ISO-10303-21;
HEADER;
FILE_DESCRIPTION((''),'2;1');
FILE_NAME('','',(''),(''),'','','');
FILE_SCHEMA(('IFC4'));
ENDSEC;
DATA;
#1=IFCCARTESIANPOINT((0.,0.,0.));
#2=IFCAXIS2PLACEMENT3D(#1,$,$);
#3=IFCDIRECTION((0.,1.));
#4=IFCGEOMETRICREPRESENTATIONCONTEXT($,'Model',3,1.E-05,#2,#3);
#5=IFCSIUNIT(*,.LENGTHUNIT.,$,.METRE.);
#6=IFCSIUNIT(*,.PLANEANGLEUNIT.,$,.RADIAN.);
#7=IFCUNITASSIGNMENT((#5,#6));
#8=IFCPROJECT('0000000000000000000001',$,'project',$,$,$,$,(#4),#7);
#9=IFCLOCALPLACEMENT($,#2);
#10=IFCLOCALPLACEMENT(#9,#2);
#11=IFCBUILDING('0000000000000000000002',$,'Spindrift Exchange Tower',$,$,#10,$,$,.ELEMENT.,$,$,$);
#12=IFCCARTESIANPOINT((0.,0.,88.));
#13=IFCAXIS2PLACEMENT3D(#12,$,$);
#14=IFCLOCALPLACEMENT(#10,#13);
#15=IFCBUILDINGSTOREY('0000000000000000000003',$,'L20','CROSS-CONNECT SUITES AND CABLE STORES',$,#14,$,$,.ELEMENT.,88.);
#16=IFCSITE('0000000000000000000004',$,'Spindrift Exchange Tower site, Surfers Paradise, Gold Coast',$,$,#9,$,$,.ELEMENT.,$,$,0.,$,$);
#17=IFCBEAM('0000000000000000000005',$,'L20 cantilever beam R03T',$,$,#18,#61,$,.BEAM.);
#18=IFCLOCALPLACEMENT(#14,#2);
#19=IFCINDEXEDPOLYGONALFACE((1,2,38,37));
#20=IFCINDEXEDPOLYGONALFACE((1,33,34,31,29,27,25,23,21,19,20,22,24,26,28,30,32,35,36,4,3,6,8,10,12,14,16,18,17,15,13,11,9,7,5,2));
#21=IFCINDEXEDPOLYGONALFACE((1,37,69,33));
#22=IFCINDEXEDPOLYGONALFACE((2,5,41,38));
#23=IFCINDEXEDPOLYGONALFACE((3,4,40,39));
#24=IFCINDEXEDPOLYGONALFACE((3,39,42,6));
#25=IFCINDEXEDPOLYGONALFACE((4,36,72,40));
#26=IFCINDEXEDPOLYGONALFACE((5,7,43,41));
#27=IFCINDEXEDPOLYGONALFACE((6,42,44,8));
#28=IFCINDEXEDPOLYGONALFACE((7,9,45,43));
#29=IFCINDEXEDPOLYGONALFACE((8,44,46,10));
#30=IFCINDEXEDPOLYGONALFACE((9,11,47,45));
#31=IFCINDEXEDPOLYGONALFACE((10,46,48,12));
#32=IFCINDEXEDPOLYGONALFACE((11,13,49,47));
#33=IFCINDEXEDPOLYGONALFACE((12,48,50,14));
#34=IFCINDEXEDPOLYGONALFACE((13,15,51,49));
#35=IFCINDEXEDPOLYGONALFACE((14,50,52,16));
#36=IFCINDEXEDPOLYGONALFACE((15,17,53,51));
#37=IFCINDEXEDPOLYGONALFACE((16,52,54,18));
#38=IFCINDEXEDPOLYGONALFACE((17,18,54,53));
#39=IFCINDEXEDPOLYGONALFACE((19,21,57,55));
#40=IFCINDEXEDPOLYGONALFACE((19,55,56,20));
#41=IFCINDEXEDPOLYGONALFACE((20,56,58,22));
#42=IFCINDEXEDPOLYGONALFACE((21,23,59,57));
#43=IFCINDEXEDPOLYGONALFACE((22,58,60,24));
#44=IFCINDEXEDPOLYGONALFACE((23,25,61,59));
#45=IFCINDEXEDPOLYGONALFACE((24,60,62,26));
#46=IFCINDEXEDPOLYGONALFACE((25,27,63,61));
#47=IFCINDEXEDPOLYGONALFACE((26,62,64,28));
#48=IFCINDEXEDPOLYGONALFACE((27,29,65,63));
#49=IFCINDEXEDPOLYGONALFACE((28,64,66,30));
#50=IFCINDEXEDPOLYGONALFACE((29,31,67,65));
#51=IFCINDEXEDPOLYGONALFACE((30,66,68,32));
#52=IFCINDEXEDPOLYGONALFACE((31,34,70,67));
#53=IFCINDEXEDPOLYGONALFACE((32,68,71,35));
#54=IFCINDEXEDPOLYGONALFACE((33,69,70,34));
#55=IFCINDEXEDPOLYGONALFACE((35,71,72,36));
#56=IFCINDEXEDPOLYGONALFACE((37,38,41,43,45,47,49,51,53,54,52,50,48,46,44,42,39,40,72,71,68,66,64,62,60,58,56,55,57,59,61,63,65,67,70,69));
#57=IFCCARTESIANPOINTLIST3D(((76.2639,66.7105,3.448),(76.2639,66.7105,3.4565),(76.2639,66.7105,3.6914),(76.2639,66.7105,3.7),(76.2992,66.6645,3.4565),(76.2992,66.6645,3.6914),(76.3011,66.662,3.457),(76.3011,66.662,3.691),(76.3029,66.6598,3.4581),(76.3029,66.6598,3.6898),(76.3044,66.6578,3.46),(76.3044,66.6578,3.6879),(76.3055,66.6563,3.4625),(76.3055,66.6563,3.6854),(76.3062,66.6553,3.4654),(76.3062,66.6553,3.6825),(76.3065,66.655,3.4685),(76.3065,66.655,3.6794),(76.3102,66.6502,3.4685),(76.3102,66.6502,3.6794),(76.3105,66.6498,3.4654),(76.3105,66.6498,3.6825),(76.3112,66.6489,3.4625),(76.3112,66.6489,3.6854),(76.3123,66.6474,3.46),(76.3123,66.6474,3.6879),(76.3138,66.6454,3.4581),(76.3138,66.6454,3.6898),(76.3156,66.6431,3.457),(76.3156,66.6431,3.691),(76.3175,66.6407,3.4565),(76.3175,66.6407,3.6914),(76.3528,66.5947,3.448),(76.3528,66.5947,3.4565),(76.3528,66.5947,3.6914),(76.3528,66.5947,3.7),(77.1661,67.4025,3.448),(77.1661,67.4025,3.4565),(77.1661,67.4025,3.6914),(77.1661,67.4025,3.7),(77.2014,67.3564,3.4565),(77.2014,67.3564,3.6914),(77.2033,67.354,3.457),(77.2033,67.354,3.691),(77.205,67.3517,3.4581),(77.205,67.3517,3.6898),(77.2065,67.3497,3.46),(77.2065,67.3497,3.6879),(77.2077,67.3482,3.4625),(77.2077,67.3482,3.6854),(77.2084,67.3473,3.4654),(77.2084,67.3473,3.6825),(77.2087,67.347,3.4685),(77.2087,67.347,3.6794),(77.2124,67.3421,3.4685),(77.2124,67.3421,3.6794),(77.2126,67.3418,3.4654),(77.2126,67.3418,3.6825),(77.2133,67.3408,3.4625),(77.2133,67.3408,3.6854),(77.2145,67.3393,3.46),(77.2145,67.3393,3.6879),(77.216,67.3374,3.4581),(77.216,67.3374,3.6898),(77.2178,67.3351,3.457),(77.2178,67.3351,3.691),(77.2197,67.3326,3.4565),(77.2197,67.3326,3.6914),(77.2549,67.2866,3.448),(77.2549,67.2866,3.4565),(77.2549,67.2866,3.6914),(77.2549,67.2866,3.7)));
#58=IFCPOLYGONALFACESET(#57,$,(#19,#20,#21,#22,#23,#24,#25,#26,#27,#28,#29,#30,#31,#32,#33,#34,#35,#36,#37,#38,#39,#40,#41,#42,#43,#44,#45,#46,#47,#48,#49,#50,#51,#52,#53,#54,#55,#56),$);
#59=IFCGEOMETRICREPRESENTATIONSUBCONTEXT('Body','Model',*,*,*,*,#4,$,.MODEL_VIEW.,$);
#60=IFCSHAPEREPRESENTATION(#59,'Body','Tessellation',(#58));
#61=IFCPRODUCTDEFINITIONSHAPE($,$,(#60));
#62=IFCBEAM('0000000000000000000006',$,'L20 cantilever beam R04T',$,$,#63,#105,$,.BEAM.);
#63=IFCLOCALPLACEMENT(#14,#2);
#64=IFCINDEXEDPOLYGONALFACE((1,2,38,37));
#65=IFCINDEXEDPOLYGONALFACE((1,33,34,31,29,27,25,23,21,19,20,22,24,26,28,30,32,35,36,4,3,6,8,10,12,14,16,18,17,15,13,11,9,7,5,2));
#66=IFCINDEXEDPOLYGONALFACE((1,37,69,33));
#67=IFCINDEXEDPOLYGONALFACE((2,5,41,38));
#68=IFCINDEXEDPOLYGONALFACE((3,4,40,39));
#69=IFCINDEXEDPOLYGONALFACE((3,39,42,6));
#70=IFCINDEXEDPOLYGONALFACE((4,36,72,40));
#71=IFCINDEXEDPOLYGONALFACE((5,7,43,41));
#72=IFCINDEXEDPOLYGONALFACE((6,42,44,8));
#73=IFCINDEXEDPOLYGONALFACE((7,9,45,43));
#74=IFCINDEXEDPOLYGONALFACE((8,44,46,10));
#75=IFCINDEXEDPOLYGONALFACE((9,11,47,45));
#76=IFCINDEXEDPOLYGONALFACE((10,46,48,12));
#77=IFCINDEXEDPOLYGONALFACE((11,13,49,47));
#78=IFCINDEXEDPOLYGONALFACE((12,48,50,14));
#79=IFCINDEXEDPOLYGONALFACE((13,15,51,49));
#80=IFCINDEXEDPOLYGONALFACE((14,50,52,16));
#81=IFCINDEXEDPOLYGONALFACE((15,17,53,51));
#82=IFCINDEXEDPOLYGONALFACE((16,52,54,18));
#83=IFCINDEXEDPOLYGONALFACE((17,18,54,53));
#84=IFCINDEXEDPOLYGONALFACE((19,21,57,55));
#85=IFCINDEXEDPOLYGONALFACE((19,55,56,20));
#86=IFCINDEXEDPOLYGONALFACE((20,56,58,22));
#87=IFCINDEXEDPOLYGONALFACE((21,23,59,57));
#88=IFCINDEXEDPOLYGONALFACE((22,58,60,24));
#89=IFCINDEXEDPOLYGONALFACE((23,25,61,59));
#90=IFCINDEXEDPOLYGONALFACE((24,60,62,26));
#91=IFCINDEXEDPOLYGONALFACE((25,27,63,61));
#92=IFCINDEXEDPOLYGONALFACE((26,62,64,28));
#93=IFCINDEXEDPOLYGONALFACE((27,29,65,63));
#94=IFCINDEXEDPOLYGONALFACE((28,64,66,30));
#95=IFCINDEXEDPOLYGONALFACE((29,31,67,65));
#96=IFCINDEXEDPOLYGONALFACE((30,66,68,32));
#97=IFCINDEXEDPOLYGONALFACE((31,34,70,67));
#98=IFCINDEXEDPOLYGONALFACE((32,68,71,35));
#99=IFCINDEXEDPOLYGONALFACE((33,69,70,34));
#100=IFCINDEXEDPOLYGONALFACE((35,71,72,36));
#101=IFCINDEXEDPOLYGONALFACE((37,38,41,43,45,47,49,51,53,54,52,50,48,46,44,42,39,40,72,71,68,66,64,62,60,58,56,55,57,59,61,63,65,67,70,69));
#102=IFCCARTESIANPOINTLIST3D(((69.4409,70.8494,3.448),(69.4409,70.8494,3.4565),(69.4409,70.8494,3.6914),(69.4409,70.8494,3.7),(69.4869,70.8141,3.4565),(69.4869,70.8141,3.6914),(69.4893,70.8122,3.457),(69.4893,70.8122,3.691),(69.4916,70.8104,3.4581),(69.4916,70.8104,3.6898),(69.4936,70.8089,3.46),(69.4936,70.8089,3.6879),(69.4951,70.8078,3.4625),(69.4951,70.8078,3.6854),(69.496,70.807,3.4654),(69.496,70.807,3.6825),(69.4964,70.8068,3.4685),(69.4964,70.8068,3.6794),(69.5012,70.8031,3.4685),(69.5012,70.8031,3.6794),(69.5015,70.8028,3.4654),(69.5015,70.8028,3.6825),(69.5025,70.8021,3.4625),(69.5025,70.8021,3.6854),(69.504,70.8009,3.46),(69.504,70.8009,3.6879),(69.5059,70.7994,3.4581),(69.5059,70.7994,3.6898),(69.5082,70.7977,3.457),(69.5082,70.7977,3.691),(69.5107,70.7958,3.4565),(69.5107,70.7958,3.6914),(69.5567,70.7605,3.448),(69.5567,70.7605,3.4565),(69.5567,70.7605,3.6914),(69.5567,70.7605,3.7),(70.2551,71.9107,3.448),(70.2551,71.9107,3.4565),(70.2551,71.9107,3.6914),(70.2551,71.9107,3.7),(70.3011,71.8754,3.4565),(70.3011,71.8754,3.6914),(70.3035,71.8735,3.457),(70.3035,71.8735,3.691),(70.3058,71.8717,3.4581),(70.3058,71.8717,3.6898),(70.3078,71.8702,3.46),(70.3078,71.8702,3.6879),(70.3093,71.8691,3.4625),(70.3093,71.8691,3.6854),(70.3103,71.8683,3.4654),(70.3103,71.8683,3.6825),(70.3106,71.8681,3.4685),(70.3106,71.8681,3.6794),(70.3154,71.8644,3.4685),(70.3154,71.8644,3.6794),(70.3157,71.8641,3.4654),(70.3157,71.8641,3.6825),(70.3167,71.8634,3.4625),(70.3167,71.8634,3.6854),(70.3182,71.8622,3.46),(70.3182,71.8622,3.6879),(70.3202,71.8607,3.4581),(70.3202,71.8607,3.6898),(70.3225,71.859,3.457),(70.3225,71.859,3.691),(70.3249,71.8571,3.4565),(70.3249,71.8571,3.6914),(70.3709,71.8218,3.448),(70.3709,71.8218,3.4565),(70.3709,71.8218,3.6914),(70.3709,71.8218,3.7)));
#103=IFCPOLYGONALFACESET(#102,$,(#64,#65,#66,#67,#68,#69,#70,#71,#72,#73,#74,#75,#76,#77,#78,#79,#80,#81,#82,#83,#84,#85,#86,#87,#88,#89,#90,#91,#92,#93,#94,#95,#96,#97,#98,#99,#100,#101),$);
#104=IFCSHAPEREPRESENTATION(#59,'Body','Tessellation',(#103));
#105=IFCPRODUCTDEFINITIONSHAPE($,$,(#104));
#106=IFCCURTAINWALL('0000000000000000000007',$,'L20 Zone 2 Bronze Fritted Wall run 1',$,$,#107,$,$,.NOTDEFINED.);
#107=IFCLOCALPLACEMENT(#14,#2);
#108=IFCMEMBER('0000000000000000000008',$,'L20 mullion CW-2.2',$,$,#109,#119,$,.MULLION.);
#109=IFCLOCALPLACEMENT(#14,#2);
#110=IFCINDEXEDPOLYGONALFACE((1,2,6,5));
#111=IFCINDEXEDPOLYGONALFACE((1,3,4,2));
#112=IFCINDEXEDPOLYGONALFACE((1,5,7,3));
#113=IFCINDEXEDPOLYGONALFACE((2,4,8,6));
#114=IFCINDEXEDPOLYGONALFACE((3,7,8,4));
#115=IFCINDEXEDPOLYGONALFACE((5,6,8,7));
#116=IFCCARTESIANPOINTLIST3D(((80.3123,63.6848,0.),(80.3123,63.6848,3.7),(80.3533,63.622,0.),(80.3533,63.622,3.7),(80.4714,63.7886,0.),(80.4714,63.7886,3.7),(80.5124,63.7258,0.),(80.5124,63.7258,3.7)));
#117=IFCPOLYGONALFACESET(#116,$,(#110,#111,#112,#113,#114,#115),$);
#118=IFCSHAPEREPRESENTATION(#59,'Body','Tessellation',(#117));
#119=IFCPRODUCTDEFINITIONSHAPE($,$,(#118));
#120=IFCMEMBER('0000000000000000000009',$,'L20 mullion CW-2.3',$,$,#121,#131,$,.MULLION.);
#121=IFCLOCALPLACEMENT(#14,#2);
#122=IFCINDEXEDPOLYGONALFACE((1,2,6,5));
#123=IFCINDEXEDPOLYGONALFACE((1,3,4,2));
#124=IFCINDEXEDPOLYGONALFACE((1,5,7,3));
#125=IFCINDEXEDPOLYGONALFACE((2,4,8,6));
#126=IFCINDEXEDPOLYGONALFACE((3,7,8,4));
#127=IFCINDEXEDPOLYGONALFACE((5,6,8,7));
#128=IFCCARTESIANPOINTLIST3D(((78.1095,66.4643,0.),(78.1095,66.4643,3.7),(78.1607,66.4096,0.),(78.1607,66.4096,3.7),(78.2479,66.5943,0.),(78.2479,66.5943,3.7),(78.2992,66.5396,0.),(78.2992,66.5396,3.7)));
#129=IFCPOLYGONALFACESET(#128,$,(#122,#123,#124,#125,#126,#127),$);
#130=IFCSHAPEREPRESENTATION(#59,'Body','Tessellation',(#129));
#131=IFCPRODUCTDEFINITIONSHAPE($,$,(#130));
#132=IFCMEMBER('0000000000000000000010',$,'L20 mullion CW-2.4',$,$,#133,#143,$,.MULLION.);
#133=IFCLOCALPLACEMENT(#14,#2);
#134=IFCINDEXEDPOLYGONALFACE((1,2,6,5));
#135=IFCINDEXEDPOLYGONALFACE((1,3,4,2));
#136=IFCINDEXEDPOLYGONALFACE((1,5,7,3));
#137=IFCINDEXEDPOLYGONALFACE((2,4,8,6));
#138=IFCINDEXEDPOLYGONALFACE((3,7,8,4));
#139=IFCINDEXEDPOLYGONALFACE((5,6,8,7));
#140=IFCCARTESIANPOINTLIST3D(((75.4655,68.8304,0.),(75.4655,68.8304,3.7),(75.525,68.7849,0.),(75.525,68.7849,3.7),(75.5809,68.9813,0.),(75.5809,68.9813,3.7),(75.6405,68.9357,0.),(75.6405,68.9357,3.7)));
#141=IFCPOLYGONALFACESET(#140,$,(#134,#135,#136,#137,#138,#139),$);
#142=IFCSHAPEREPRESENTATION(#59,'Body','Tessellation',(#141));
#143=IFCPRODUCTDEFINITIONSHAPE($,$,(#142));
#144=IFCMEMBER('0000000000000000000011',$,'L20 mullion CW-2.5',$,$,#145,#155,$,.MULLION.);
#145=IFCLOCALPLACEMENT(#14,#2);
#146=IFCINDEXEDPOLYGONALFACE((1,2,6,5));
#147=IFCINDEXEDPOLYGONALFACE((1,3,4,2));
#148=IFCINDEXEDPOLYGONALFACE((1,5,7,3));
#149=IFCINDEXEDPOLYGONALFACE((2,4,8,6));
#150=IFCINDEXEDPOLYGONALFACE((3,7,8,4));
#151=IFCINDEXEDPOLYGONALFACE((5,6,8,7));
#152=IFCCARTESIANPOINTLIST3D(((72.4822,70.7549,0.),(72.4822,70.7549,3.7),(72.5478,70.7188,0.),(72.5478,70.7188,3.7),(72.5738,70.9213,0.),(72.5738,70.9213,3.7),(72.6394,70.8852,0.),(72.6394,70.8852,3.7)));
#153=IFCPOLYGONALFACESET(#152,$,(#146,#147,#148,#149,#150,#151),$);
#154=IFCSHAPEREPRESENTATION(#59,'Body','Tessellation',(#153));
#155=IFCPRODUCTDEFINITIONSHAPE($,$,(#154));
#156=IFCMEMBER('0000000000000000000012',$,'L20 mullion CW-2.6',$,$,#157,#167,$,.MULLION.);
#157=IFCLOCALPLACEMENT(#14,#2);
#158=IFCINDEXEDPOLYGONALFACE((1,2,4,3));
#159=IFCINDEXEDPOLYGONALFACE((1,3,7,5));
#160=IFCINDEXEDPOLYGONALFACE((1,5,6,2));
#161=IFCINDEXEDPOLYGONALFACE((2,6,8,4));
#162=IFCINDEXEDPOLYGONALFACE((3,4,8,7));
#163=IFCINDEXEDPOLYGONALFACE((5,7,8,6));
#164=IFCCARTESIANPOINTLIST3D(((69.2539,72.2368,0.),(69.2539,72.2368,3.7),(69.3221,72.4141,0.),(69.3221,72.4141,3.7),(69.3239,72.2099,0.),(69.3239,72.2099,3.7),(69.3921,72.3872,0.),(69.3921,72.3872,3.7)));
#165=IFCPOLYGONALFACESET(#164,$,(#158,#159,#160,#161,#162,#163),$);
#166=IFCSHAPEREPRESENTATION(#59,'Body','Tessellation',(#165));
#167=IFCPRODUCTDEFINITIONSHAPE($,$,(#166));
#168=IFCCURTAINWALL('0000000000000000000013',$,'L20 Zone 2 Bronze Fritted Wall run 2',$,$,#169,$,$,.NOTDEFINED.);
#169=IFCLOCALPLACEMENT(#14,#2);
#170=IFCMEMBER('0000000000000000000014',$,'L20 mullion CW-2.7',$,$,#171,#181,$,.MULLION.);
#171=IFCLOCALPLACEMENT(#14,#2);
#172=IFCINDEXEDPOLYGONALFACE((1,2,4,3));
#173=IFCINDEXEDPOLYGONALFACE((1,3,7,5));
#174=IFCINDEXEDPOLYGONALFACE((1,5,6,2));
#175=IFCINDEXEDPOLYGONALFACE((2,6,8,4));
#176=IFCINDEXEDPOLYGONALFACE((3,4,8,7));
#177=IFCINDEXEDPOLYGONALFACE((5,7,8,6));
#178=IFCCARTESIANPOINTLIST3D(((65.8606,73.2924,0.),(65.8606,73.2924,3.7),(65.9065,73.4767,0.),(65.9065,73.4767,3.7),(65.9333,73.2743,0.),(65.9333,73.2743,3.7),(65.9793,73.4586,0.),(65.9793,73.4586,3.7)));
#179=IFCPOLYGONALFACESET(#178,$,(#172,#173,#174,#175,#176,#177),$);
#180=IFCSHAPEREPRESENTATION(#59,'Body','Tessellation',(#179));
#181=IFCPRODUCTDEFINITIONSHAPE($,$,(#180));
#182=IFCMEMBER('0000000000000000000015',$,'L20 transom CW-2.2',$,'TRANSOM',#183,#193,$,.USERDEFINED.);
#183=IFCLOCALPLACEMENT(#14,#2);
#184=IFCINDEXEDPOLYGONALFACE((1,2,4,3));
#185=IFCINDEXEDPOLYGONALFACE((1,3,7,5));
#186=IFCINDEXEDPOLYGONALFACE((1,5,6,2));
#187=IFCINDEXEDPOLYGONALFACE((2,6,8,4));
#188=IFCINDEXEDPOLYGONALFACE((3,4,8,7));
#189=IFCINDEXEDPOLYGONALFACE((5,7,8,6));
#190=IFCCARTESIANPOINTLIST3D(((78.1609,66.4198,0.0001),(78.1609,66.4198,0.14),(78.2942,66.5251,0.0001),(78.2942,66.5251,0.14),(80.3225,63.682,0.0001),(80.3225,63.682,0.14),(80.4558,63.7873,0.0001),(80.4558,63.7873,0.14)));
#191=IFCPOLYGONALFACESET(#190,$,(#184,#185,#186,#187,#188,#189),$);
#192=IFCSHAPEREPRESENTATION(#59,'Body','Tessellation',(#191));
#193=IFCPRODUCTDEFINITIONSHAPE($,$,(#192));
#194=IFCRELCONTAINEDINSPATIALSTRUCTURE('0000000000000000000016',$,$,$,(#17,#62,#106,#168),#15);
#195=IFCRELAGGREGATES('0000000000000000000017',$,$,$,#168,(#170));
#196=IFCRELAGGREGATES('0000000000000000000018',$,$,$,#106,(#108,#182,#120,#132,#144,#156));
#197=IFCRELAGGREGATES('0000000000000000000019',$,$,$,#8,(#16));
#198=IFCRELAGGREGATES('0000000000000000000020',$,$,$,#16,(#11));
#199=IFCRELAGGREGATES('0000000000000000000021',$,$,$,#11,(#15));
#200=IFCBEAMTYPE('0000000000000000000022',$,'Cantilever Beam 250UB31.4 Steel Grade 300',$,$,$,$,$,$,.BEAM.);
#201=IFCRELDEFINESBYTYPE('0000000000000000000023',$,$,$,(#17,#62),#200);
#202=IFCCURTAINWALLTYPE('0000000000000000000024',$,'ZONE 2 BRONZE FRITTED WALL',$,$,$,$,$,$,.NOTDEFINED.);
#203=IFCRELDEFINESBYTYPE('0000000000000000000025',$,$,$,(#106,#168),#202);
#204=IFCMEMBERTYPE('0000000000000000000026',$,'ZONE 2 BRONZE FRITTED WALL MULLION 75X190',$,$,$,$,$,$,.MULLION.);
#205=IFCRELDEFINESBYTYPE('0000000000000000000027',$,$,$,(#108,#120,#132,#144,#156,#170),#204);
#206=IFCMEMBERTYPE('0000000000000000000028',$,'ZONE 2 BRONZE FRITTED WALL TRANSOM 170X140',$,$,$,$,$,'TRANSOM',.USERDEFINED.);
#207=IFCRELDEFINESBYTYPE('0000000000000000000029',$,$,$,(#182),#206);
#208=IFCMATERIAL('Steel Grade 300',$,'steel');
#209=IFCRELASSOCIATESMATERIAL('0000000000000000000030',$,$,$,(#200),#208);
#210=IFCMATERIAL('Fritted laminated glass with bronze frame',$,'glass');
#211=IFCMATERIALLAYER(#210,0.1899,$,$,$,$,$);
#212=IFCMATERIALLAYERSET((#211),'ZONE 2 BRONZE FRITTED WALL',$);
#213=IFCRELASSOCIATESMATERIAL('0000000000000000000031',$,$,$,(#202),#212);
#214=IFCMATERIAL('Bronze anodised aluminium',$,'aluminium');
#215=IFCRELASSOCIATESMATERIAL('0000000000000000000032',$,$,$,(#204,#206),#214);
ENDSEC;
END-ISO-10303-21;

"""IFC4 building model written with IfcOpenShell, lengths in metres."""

from ifc_helpers import new_model, si_unit, direction, frame, origin, origin_2d, place, context, subcontext, project, spatial, rectangle, i_section, extrude, source, transform, mapped, material, layer, layer_set, material_profile, profile_set, type_object, element, aggregate, save


model = new_model("IFC4")

# Units and contexts
model_context = context("Model", 3, precision=1e-05, world=origin(), true_north=direction((0.0, 1.0)))
body_context = subcontext(model_context, "Body", "Model", "MODEL_VIEW")
ifc_project = project(units=[si_unit("LENGTHUNIT", "METRE"), si_unit("PLANEANGLEUNIT", "RADIAN")], contexts=[model_context])

# Site, building, storey
site_placement = place(None, origin())
site = spatial("IfcSite", under=ifc_project, at=site_placement, Name="Spindrift Exchange Tower site, Surfers Paradise, Gold Coast", CompositionType="ELEMENT", RefElevation=0.0)
building_placement = place(site_placement, origin())
building = spatial("IfcBuilding", under=site, at=building_placement, Name="Spindrift Exchange Tower", CompositionType="ELEMENT")
storey_placement = place(building_placement, frame((0.0, 0.0, 88.0)))
storey = spatial("IfcBuildingStorey", under=building, at=storey_placement, Name="L20", Description="CROSS-CONNECT SUITES AND CABLE STORES", CompositionType="ELEMENT", Elevation=88.0)

# Beams
ifc_material_1 = material(Name="Steel Grade 300", Category="steel")
ifc_material_profile_1 = material_profile(ifc_material_1, i_section(OverallWidth=0.146, OverallDepth=0.252, WebThickness=0.0061, FlangeThickness=0.0085, FilletRadius=0.012, at=origin_2d()), Name="250UB31.4")
ifc_profile_set_1 = profile_set([ifc_material_profile_1], Name="Steel Grade 300")
beam_type_1 = type_object("IfcBeamType", Name="Cantilever Beam 250UB31.4 Steel Grade 300", PredefinedType="BEAM", material=ifc_profile_set_1)
shared_shape_1 = source(origin(), body_context, "Body", "SweptSolid", [
    extrude(i_section(OverallWidth=0.146, OverallDepth=0.252, WebThickness=0.0061, FlangeThickness=0.0085, FilletRadius=0.012, at=origin_2d()), origin(), (0.0, 0.0, 1.0), 1.137),
])
beam_1_placement = place(storey_placement, frame((76.3083, 66.6526, 3.574), z_axis=(0.793485, 0.608589, 0.0), x_axis=(-0.608589, 0.793485, 0.0)))
element("IfcBeam", 1, at=beam_1_placement, inside=storey, type_object=beam_type_1, Name="L20 cantilever beam R03T", PredefinedType="BEAM", context=body_context, shape_type="MappedRepresentation", body=[
    mapped(shared_shape_1, transform((0.0, 0.0, 0.0), scale=1.0)),
])
shared_shape_2 = source(origin(), body_context, "Body", "SweptSolid", [
    extrude(i_section(OverallWidth=0.146, OverallDepth=0.252, WebThickness=0.0061, FlangeThickness=0.0085, FilletRadius=0.012, at=origin_2d()), origin(), (0.0, 0.0, 1.0), 1.3376),
])
beam_2_placement = place(storey_placement, frame((69.4988, 70.8049, 3.574), z_axis=(0.608696, 0.793404, 0.0), x_axis=(-0.793404, 0.608696, 0.0)))
element("IfcBeam", 2, at=beam_2_placement, inside=storey, type_object=beam_type_1, Name="L20 cantilever beam R04T", PredefinedType="BEAM", context=body_context, shape_type="MappedRepresentation", body=[
    mapped(shared_shape_2, transform((0.0, 0.0, 0.0), scale=1.0)),
])

# Curtain wall, members
ifc_material_2 = material(Name="Fritted laminated glass with bronze frame", Category="glass")
ifc_layer_1 = layer(ifc_material_2, 0.1899)
ifc_layer_set_1 = layer_set([ifc_layer_1], Name="ZONE 2 BRONZE FRITTED WALL")
curtain_wall_type = type_object("IfcCurtainWallType", Name="ZONE 2 BRONZE FRITTED WALL", PredefinedType="NOTDEFINED", material=ifc_layer_set_1)
curtain_wall_1_placement = place(storey_placement, origin())
curtain_wall_1 = element("IfcCurtainWall", 3, at=curtain_wall_1_placement, inside=storey, type_object=curtain_wall_type, Name="L20 Zone 2 Bronze Fritted Wall run 1", PredefinedType="NOTDEFINED")
ifc_material_3 = material(Name="Bronze anodised aluminium", Category="aluminium")
ifc_material_profile_2 = material_profile(ifc_material_3, rectangle(XDim=0.075, YDim=0.1899, at=origin_2d()), Name="ZONE 2 BRONZE FRITTED WALL MULLION 75X190")
ifc_profile_set_2 = profile_set([ifc_material_profile_2], Name="Bronze anodised aluminium")
member_type_1 = type_object("IfcMemberType", Name="ZONE 2 BRONZE FRITTED WALL MULLION 75X190", PredefinedType="MULLION", material=ifc_profile_set_2)
shared_shape_3 = source(origin(), body_context, "Body", "SweptSolid", [
    extrude(rectangle(XDim=0.075, YDim=0.1899, at=origin_2d()), origin(), (0.0, 0.0, 1.0), 3.7),
])
member_1_placement = place(storey_placement, frame((80.4124, 63.7053, 0.0), z_axis=(0.0, 0.0, 1.0), x_axis=(-0.546314, 0.83758, 0.0)))
member_1 = element("IfcMember", 4, at=member_1_placement, type_object=member_type_1, Name="L20 mullion CW-2.2", PredefinedType="MULLION", context=body_context, shape_type="MappedRepresentation", body=[
    mapped(shared_shape_3, transform((0.0, 0.0, 0.0), scale=1.0)),
])
member_2_placement = place(storey_placement, frame((78.2043, 66.502, 0.0), z_axis=(0.0, 0.0, 1.0), x_axis=(-0.684333, 0.729169, 0.0)))
member_2 = element("IfcMember", 5, at=member_2_placement, type_object=member_type_1, Name="L20 mullion CW-2.3", PredefinedType="MULLION", context=body_context, shape_type="MappedRepresentation", body=[
    mapped(shared_shape_3, transform((0.0, 0.0, 0.0), scale=1.0)),
])
member_3_placement = place(storey_placement, frame((75.553, 68.8831, 0.0), z_axis=(0.0, 0.0, 1.0), x_axis=(-0.79419, 0.607669, 0.0)))
member_3 = element("IfcMember", 6, at=member_3_placement, type_object=member_type_1, Name="L20 mullion CW-2.4", PredefinedType="MULLION", context=body_context, shape_type="MappedRepresentation", body=[
    mapped(shared_shape_3, transform((0.0, 0.0, 0.0), scale=1.0)),
])
member_4_placement = place(storey_placement, frame((72.5608, 70.8201, 0.0), z_axis=(0.0, 0.0, 1.0), x_axis=(-0.876052, 0.482217, 0.0)))
member_4 = element("IfcMember", 7, at=member_4_placement, type_object=member_type_1, Name="L20 mullion CW-2.5", PredefinedType="MULLION", context=body_context, shape_type="MappedRepresentation", body=[
    mapped(shared_shape_3, transform((0.0, 0.0, 0.0), scale=1.0)),
])
member_5_placement = place(storey_placement, frame((69.323, 72.312, 0.0), z_axis=(0.0, 0.0, 1.0), x_axis=(-0.933284, 0.359139, 0.0)))
member_5 = element("IfcMember", 8, at=member_5_placement, type_object=member_type_1, Name="L20 mullion CW-2.6", PredefinedType="MULLION", context=body_context, shape_type="MappedRepresentation", body=[
    mapped(shared_shape_3, transform((0.0, 0.0, 0.0), scale=1.0)),
])

# Curtain wall, member
curtain_wall_2_placement = place(storey_placement, origin())
curtain_wall_2 = element("IfcCurtainWall", 9, at=curtain_wall_2_placement, inside=storey, type_object=curtain_wall_type, Name="L20 Zone 2 Bronze Fritted Wall run 2", PredefinedType="NOTDEFINED")
member_6_placement = place(storey_placement, frame((65.9199, 73.3755, 0.0), z_axis=(0.0, 0.0, 1.0), x_axis=(-0.970305, 0.241883, 0.0)))
member_6 = element("IfcMember", 10, at=member_6_placement, type_object=member_type_1, Name="L20 mullion CW-2.7", PredefinedType="MULLION", context=body_context, shape_type="MappedRepresentation", body=[
    mapped(shared_shape_3, transform((0.0, 0.0, 0.0), scale=1.0)),
])

# Member
ifc_material_profile_3 = material_profile(ifc_material_3, rectangle(XDim=0.1699, YDim=0.1399, at=origin_2d()), Name="ZONE 2 BRONZE FRITTED WALL TRANSOM 170X140")
ifc_profile_set_3 = profile_set([ifc_material_profile_3], Name="Bronze anodised aluminium")
member_type_2 = type_object("IfcMemberType", Name="ZONE 2 BRONZE FRITTED WALL TRANSOM 170X140", ElementType="TRANSOM", PredefinedType="USERDEFINED", material=ifc_profile_set_3)
shared_shape_4 = source(origin(), body_context, "Body", "SweptSolid", [
    extrude(rectangle(XDim=0.1699, YDim=0.1399, at=origin_2d()), origin(), (0.0, 0.0, 1.0), 3.4883),
])
member_7_placement = place(storey_placement, frame((80.3892, 63.7346, 0.0701), z_axis=(-0.619681, 0.784854, 0.0), x_axis=(-0.784854, -0.619681, 0.0)))
member_7 = element("IfcMember", 11, at=member_7_placement, type_object=member_type_2, Name="L20 transom CW-2.2", ObjectType="TRANSOM", PredefinedType="USERDEFINED", context=body_context, shape_type="MappedRepresentation", body=[
    mapped(shared_shape_4, transform((0.0, 0.0, 0.0), scale=1.0)),
])
aggregate(curtain_wall_2, [member_6])

aggregate(curtain_wall_1, [member_1, member_7, member_2, member_3, member_4, member_5])

save(model, "model.ifc")
